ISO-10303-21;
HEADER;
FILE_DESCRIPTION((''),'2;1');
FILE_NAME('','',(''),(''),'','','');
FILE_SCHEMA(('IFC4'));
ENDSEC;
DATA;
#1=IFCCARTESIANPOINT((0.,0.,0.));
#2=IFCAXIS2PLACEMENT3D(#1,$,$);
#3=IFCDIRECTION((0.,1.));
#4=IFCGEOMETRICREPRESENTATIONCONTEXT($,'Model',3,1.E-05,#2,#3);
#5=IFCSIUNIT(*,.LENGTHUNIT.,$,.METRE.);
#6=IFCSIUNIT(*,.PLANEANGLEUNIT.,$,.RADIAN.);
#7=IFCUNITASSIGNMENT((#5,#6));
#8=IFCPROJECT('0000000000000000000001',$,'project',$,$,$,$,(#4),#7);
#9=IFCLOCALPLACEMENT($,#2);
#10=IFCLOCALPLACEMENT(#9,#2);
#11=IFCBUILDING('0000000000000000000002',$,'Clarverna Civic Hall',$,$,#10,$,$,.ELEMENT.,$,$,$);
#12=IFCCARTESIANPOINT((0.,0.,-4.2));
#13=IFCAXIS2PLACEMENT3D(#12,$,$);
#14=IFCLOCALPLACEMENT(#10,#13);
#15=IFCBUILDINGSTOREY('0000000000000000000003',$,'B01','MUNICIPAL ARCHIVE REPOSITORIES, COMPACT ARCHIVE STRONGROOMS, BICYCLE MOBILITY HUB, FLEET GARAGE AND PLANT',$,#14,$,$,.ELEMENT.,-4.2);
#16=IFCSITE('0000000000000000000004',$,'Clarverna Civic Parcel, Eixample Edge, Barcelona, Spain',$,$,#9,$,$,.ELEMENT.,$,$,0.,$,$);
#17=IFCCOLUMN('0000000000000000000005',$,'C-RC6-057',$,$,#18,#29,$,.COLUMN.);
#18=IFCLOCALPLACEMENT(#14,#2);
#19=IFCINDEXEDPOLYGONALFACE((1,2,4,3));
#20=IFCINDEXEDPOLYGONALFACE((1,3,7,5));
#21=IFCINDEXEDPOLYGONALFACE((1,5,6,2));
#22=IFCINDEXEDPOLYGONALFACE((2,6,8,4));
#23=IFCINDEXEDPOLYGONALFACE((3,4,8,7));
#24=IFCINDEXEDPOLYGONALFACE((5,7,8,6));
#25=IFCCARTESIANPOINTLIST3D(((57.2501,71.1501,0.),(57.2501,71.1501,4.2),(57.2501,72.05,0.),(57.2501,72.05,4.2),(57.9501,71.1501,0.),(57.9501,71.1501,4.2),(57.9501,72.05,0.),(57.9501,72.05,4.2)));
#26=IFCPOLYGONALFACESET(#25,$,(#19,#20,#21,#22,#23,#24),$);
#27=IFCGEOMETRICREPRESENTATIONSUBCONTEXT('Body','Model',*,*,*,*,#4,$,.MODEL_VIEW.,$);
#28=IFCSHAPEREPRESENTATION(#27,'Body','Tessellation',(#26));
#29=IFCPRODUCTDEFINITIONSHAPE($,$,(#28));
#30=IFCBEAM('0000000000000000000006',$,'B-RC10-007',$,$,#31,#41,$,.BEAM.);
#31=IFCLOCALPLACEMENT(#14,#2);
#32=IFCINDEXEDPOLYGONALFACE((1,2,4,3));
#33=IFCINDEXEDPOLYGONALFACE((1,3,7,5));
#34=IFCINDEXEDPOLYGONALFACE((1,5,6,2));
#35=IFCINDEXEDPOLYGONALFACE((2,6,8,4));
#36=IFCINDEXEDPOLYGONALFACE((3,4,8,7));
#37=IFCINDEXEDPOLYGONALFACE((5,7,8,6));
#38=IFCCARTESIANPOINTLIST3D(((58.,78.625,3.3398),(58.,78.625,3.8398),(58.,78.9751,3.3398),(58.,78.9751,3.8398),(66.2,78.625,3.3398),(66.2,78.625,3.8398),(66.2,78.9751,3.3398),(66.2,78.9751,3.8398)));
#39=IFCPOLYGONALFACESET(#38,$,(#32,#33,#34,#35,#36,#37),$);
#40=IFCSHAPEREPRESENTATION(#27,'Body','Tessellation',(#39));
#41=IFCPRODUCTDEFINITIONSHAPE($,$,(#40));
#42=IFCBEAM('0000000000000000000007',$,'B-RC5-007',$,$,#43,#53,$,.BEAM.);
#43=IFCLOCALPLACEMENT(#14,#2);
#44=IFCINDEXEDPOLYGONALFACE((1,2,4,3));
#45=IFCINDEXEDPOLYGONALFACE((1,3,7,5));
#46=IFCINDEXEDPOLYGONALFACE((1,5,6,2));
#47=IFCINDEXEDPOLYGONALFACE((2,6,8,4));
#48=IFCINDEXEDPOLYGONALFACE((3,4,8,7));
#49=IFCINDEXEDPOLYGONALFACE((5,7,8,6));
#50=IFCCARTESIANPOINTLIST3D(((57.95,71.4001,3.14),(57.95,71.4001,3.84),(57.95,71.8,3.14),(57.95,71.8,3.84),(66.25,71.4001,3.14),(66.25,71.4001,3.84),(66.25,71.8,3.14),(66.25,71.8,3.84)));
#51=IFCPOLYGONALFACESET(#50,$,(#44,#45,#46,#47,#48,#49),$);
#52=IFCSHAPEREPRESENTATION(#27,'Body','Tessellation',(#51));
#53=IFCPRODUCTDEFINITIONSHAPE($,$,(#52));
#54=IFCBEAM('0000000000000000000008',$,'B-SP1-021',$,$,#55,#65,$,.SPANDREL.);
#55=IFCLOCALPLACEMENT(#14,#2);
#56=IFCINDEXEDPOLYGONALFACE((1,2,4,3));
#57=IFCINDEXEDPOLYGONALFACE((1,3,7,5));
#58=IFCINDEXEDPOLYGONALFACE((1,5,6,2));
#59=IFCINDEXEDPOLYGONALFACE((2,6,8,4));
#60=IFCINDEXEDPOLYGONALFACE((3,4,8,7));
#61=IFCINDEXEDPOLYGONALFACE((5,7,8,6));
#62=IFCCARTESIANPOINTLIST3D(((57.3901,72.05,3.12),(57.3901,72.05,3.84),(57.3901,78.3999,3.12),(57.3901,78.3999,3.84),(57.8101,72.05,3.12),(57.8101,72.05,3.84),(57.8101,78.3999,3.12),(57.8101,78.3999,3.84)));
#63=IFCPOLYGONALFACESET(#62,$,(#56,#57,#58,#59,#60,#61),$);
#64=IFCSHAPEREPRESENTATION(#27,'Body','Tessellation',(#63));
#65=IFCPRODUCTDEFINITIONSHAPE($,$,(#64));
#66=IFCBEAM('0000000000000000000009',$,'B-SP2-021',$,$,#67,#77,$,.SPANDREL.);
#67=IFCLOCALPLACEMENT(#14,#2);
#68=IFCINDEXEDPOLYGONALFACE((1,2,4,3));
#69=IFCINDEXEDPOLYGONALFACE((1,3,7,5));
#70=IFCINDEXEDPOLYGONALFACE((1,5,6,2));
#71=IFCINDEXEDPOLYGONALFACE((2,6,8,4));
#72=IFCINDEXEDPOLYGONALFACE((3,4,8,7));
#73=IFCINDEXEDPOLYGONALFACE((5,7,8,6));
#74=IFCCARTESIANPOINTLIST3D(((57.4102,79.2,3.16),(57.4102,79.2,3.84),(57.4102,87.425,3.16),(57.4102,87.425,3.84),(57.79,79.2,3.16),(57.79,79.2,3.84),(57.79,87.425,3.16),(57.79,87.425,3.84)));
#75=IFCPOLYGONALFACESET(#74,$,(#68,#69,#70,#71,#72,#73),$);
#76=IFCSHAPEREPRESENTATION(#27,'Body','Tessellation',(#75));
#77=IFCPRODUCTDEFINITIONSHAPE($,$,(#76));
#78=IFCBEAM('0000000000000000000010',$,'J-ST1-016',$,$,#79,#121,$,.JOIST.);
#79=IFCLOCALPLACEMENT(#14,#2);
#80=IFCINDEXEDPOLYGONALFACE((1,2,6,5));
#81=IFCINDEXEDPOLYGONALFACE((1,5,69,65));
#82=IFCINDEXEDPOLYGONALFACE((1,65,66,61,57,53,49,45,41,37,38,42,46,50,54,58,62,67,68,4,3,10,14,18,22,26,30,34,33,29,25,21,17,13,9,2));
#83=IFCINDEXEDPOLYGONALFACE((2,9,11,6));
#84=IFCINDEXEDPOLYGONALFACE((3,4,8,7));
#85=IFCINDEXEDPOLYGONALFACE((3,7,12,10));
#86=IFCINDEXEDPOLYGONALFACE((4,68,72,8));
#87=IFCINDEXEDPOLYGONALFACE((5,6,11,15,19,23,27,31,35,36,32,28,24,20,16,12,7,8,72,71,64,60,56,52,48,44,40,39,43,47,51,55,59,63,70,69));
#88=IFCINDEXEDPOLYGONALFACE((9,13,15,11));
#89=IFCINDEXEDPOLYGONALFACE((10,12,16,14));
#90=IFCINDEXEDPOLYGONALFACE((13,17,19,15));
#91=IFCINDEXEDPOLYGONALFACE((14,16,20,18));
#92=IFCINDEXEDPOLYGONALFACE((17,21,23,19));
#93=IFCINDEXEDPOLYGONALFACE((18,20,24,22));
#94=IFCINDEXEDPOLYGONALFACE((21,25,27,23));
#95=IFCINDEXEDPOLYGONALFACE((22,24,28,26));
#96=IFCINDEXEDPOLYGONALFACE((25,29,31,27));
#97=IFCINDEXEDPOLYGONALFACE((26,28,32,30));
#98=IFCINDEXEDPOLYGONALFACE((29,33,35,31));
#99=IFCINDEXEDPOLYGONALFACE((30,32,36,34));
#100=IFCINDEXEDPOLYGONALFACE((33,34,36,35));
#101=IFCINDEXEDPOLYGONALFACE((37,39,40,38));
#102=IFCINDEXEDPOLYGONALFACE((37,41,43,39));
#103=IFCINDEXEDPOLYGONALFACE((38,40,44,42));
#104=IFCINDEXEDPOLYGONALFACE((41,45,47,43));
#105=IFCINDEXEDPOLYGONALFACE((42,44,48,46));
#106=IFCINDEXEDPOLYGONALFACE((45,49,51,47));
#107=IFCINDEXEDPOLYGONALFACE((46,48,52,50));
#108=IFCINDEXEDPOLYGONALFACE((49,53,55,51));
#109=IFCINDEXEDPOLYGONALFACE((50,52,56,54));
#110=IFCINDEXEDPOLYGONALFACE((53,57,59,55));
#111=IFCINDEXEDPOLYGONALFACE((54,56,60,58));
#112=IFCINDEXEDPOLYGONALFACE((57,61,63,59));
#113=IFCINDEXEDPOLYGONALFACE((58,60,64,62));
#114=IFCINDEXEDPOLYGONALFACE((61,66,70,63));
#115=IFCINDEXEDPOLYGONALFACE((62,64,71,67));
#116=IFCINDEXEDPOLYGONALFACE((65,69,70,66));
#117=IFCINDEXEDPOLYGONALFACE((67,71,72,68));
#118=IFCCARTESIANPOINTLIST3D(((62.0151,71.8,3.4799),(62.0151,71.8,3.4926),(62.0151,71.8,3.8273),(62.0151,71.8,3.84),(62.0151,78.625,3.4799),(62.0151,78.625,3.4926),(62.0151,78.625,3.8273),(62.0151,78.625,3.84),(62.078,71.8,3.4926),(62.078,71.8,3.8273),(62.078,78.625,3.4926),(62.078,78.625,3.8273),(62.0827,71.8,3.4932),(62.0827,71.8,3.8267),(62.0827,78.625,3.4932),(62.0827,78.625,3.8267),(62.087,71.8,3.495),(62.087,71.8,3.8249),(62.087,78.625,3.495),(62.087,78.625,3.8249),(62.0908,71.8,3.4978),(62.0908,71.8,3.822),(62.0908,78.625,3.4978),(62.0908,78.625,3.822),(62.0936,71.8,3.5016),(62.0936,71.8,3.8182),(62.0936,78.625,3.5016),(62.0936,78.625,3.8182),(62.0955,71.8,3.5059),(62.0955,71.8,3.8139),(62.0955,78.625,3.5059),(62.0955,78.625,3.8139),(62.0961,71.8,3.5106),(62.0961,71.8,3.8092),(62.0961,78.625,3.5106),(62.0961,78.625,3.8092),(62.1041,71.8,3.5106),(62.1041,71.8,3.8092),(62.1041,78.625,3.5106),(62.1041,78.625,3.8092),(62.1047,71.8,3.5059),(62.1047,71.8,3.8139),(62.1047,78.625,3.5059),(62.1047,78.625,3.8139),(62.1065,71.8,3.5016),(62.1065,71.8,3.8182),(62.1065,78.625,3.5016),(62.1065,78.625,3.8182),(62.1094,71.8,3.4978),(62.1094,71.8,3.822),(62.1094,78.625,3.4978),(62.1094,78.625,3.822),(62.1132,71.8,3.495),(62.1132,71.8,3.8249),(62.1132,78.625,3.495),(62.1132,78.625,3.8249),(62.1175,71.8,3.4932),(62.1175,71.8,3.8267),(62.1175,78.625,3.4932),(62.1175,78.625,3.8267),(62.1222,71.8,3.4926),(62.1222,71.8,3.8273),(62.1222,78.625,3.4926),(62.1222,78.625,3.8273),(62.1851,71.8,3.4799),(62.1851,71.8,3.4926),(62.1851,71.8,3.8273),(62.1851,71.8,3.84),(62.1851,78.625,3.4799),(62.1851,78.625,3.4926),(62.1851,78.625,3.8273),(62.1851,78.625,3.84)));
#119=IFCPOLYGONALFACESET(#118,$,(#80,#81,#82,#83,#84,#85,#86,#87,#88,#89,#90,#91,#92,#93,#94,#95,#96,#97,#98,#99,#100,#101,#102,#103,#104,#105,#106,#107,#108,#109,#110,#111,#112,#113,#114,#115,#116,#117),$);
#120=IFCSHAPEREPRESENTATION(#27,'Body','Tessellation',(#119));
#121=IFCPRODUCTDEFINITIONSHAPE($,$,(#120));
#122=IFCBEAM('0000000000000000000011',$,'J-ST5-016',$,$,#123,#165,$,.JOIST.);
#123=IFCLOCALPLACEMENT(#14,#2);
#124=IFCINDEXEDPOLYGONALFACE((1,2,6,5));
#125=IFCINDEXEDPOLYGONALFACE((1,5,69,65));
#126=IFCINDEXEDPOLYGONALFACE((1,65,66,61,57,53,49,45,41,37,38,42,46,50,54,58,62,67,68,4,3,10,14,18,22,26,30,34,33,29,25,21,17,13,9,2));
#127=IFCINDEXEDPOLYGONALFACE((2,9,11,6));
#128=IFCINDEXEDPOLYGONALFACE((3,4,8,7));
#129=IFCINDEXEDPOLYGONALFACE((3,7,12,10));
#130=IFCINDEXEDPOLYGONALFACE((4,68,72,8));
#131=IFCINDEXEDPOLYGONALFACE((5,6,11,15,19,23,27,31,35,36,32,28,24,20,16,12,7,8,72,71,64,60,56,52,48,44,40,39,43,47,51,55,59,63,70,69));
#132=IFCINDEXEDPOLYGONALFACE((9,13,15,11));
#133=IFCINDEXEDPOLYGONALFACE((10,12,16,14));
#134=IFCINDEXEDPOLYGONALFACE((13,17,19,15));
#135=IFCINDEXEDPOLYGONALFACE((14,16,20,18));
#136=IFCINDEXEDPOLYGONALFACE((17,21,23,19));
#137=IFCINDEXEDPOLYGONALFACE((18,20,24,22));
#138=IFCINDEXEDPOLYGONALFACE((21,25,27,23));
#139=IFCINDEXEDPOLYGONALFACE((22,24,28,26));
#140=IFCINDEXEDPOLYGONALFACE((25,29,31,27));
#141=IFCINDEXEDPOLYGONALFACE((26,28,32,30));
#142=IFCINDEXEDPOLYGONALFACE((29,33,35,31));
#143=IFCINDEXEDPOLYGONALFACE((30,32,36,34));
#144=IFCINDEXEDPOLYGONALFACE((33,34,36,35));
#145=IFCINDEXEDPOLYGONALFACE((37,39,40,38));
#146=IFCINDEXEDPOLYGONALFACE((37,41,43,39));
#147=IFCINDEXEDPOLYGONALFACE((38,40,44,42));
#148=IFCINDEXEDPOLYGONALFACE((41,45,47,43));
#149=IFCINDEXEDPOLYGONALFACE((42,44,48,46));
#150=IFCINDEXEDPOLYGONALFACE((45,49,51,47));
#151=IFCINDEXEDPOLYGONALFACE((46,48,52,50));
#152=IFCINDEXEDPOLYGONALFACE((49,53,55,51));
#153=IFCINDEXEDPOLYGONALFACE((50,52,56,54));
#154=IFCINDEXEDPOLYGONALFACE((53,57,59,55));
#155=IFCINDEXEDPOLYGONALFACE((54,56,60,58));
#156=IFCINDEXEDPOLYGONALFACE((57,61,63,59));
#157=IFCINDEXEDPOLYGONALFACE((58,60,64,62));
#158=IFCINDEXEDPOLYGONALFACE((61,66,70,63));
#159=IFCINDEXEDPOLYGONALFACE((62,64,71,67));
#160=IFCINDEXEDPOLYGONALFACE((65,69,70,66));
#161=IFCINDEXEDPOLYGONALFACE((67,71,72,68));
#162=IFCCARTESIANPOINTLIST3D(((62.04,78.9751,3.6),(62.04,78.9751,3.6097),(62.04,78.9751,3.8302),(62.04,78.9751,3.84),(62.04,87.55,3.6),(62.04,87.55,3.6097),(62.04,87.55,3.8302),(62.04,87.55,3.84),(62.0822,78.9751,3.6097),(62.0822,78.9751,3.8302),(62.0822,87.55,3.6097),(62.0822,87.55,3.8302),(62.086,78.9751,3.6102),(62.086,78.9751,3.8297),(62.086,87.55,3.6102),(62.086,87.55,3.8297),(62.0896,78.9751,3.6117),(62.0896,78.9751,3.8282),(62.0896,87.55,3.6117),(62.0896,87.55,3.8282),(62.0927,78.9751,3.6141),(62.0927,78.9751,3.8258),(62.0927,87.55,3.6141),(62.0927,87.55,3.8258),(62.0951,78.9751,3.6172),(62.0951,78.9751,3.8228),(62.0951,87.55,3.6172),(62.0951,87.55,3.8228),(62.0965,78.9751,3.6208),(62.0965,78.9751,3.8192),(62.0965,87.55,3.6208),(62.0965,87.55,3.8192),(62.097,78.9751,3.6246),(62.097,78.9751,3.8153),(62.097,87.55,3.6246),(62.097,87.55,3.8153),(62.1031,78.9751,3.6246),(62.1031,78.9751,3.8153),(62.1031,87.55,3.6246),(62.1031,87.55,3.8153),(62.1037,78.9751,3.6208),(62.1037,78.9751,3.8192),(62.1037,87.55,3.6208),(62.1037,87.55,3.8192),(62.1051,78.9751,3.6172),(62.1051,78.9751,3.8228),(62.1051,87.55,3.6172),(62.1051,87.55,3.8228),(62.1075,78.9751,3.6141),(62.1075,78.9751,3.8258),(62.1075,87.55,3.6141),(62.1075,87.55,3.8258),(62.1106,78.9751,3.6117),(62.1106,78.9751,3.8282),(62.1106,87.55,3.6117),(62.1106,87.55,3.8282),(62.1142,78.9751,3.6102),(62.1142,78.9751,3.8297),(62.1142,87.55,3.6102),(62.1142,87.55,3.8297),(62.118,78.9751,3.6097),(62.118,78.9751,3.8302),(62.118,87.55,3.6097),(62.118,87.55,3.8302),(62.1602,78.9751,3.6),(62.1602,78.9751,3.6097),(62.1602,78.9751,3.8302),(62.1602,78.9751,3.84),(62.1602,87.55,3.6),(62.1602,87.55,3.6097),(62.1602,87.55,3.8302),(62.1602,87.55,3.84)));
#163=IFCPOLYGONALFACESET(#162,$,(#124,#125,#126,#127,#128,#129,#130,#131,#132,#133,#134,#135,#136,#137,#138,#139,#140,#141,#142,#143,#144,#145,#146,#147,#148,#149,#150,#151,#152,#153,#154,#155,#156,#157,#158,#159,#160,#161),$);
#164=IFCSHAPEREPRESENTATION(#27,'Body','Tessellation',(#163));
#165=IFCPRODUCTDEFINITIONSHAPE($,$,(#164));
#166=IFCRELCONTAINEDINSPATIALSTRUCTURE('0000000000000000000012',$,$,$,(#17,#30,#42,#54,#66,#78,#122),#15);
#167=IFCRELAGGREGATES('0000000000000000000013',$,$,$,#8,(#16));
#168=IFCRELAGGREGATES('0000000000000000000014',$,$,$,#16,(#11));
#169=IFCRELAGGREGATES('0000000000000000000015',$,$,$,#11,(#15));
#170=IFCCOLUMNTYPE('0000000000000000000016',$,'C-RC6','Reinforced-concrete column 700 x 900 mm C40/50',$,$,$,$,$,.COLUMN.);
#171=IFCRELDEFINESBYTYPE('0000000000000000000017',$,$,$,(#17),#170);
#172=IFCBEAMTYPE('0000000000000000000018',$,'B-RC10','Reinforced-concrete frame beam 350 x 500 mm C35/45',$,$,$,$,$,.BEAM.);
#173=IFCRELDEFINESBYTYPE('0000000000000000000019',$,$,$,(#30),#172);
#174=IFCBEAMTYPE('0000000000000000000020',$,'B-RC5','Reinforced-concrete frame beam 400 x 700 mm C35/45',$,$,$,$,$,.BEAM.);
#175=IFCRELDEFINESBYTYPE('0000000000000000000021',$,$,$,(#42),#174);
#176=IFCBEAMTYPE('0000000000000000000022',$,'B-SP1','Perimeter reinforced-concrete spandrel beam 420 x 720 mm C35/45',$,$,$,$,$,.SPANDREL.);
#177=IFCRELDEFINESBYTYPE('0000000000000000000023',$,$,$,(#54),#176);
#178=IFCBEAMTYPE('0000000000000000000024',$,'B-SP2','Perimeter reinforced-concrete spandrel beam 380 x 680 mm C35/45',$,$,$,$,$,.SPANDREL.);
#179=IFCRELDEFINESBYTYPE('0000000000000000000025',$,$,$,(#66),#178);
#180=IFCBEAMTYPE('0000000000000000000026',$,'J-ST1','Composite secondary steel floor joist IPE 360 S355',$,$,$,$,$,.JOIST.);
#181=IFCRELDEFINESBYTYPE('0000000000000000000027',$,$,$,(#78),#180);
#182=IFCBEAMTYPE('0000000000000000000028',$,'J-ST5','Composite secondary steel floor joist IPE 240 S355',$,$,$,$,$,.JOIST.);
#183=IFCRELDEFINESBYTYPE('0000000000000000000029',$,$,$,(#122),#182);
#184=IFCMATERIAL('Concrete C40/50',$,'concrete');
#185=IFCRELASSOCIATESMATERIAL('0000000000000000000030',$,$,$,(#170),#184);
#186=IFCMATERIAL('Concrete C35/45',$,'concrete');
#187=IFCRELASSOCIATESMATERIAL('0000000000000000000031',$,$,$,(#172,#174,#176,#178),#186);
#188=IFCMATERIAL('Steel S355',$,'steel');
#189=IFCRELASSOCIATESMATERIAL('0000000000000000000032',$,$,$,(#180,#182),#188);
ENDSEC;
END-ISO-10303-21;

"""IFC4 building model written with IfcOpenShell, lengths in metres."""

from ifc_helpers import new_model, si_unit, direction, frame, origin, origin_2d, place, context, subcontext, project, spatial, rectangle, i_section, extrude, material, material_profile, profile_set, type_object, element, save


model = new_model("IFC4")

# Units and contexts
model_context = context("Model", 3, precision=1e-05, world=origin(), true_north=direction((0.0, 1.0)))
body_context = subcontext(model_context, "Body", "Model", "MODEL_VIEW")
ifc_project = project(units=[si_unit("LENGTHUNIT", "METRE"), si_unit("PLANEANGLEUNIT", "RADIAN")], contexts=[model_context])

# Site, building, storey
site_placement = place(None, origin())
site = spatial("IfcSite", under=ifc_project, at=site_placement, Name="Clarverna Civic Parcel, Eixample Edge, Barcelona, Spain", CompositionType="ELEMENT", RefElevation=0.0)
building_placement = place(site_placement, origin())
building = spatial("IfcBuilding", under=site, at=building_placement, Name="Clarverna Civic Hall", CompositionType="ELEMENT")
storey_placement = place(building_placement, frame((0.0, 0.0, -4.2)))
storey = spatial("IfcBuildingStorey", under=building, at=storey_placement, Name="B01", Description="MUNICIPAL ARCHIVE REPOSITORIES, COMPACT ARCHIVE STRONGROOMS, BICYCLE MOBILITY HUB, FLEET GARAGE AND PLANT", CompositionType="ELEMENT", Elevation=-4.2)

# Column
ifc_material_1 = material(Name="Concrete C40/50", Category="concrete")
ifc_material_profile_1 = material_profile(ifc_material_1, rectangle(XDim=0.7, YDim=0.8999, at=origin_2d()), Name="RC 700x900")
ifc_profile_set_1 = profile_set([ifc_material_profile_1], Name="Concrete C40/50")
column_type_1 = type_object("IfcColumnType", Name="C-RC6", Description="Reinforced-concrete column 700 x 900 mm C40/50", PredefinedType="COLUMN", material=ifc_profile_set_1)
column_1_placement = place(storey_placement, frame((57.6001, 71.6001, 0.0), z_axis=(0.0, 0.0, 1.0), x_axis=(1.0, 0.0, 0.0)))
element("IfcColumn", 1, at=column_1_placement, inside=storey, type_object=column_type_1, Name="C-RC6-057", PredefinedType="COLUMN", context=body_context, shape_type="SweptSolid", body=[
    extrude(rectangle(XDim=0.7, YDim=0.8999, at=origin_2d()), origin(), (0.0, 0.0, 1.0), 4.2),
])

# Beams
ifc_material_2 = material(Name="Concrete C35/45", Category="concrete")
ifc_material_profile_2 = material_profile(ifc_material_2, rectangle(XDim=0.3501, YDim=0.5, at=origin_2d()), Name="RC 350x500")
ifc_profile_set_2 = profile_set([ifc_material_profile_2], Name="Concrete C35/45")
beam_type_1 = type_object("IfcBeamType", Name="B-RC10", Description="Reinforced-concrete frame beam 350 x 500 mm C35/45", PredefinedType="BEAM", material=ifc_profile_set_2)
beam_1_placement = place(storey_placement, frame((58.0, 78.8, 3.5898), z_axis=(1.0, 0.0, 0.0), x_axis=(0.0, 1.0, 0.0)))
element("IfcBeam", 2, at=beam_1_placement, inside=storey, type_object=beam_type_1, Name="B-RC10-007", PredefinedType="BEAM", context=body_context, shape_type="SweptSolid", body=[
    extrude(rectangle(XDim=0.3501, YDim=0.5, at=origin_2d()), origin(), (0.0, 0.0, 1.0), 8.2),
])
ifc_material_profile_3 = material_profile(ifc_material_2, rectangle(XDim=0.3999, YDim=0.7, at=origin_2d()), Name="RC 400x700")
ifc_profile_set_3 = profile_set([ifc_material_profile_3], Name="Concrete C35/45")
beam_type_2 = type_object("IfcBeamType", Name="B-RC5", Description="Reinforced-concrete frame beam 400 x 700 mm C35/45", PredefinedType="BEAM", material=ifc_profile_set_3)
beam_2_placement = place(storey_placement, frame((57.95, 71.6001, 3.49), z_axis=(1.0, 0.0, 0.0), x_axis=(0.0, 1.0, 0.0)))
element("IfcBeam", 3, at=beam_2_placement, inside=storey, type_object=beam_type_2, Name="B-RC5-007", PredefinedType="BEAM", context=body_context, shape_type="SweptSolid", body=[
    extrude(rectangle(XDim=0.3999, YDim=0.7, at=origin_2d()), origin(), (0.0, 0.0, 1.0), 8.3),
])
ifc_material_profile_4 = material_profile(ifc_material_2, rectangle(XDim=0.4199, YDim=0.72, at=origin_2d()), Name="RC 420x720")
ifc_profile_set_4 = profile_set([ifc_material_profile_4], Name="Concrete C35/45")
beam_type_3 = type_object("IfcBeamType", Name="B-SP1", Description="Perimeter reinforced-concrete spandrel beam 420 x 720 mm C35/45", PredefinedType="SPANDREL", material=ifc_profile_set_4)
beam_3_placement = place(storey_placement, frame((57.6001, 72.05, 3.48), z_axis=(0.0, 1.0, 0.0), x_axis=(-1.0, 0.0, 0.0)))
element("IfcBeam", 4, at=beam_3_placement, inside=storey, type_object=beam_type_3, Name="B-SP1-021", PredefinedType="SPANDREL", context=body_context, shape_type="SweptSolid", body=[
    extrude(rectangle(XDim=0.4199, YDim=0.72, at=origin_2d()), origin(), (0.0, 0.0, 1.0), 6.3499),
])
ifc_material_profile_5 = material_profile(ifc_material_2, rectangle(XDim=0.3799, YDim=0.6799, at=origin_2d()), Name="RC 380x680")
ifc_profile_set_5 = profile_set([ifc_material_profile_5], Name="Concrete C35/45")
beam_type_4 = type_object("IfcBeamType", Name="B-SP2", Description="Perimeter reinforced-concrete spandrel beam 380 x 680 mm C35/45", PredefinedType="SPANDREL", material=ifc_profile_set_5)
beam_4_placement = place(storey_placement, frame((57.6001, 79.2, 3.5), z_axis=(0.0, 1.0, 0.0), x_axis=(-1.0, 0.0, 0.0)))
element("IfcBeam", 5, at=beam_4_placement, inside=storey, type_object=beam_type_4, Name="B-SP2-021", PredefinedType="SPANDREL", context=body_context, shape_type="SweptSolid", body=[
    extrude(rectangle(XDim=0.3799, YDim=0.6799, at=origin_2d()), origin(), (0.0, 0.0, 1.0), 8.2251),
])
ifc_material_3 = material(Name="Steel S355", Category="steel")
ifc_material_profile_6 = material_profile(ifc_material_3, i_section(OverallWidth=0.1699, OverallDepth=0.3601, WebThickness=0.0081, FlangeThickness=0.0127, FilletRadius=0.0181, at=origin_2d()), Name="IPE 360")
ifc_profile_set_6 = profile_set([ifc_material_profile_6], Name="Steel S355")
beam_type_5 = type_object("IfcBeamType", Name="J-ST1", Description="Composite secondary steel floor joist IPE 360 S355", PredefinedType="JOIST", material=ifc_profile_set_6)
beam_5_placement = place(storey_placement, frame((62.1001, 71.8, 3.6599), z_axis=(0.0, 1.0, 0.0), x_axis=(-1.0, 0.0, 0.0)))
element("IfcBeam", 6, at=beam_5_placement, inside=storey, type_object=beam_type_5, Name="J-ST1-016", PredefinedType="JOIST", context=body_context, shape_type="SweptSolid", body=[
    extrude(i_section(OverallWidth=0.1699, OverallDepth=0.3601, WebThickness=0.0081, FlangeThickness=0.0127, FilletRadius=0.0181, at=origin_2d()), origin(), (0.0, 0.0, 1.0), 6.825),
])
ifc_material_profile_7 = material_profile(ifc_material_3, i_section(OverallWidth=0.1201, OverallDepth=0.24, WebThickness=0.0061, FlangeThickness=0.0098, FilletRadius=0.0149, at=origin_2d()), Name="IPE 240")
ifc_profile_set_7 = profile_set([ifc_material_profile_7], Name="Steel S355")
beam_type_6 = type_object("IfcBeamType", Name="J-ST5", Description="Composite secondary steel floor joist IPE 240 S355", PredefinedType="JOIST", material=ifc_profile_set_7)
beam_6_placement = place(storey_placement, frame((62.1001, 78.9751, 3.72), z_axis=(0.0, 1.0, 0.0), x_axis=(-1.0, 0.0, 0.0)))
element("IfcBeam", 7, at=beam_6_placement, inside=storey, type_object=beam_type_6, Name="J-ST5-016", PredefinedType="JOIST", context=body_context, shape_type="SweptSolid", body=[
    extrude(i_section(OverallWidth=0.1201, OverallDepth=0.24, WebThickness=0.0061, FlangeThickness=0.0098, FilletRadius=0.0149, at=origin_2d()), origin(), (0.0, 0.0, 1.0), 8.575),
])

save(model, "model.ifc")
